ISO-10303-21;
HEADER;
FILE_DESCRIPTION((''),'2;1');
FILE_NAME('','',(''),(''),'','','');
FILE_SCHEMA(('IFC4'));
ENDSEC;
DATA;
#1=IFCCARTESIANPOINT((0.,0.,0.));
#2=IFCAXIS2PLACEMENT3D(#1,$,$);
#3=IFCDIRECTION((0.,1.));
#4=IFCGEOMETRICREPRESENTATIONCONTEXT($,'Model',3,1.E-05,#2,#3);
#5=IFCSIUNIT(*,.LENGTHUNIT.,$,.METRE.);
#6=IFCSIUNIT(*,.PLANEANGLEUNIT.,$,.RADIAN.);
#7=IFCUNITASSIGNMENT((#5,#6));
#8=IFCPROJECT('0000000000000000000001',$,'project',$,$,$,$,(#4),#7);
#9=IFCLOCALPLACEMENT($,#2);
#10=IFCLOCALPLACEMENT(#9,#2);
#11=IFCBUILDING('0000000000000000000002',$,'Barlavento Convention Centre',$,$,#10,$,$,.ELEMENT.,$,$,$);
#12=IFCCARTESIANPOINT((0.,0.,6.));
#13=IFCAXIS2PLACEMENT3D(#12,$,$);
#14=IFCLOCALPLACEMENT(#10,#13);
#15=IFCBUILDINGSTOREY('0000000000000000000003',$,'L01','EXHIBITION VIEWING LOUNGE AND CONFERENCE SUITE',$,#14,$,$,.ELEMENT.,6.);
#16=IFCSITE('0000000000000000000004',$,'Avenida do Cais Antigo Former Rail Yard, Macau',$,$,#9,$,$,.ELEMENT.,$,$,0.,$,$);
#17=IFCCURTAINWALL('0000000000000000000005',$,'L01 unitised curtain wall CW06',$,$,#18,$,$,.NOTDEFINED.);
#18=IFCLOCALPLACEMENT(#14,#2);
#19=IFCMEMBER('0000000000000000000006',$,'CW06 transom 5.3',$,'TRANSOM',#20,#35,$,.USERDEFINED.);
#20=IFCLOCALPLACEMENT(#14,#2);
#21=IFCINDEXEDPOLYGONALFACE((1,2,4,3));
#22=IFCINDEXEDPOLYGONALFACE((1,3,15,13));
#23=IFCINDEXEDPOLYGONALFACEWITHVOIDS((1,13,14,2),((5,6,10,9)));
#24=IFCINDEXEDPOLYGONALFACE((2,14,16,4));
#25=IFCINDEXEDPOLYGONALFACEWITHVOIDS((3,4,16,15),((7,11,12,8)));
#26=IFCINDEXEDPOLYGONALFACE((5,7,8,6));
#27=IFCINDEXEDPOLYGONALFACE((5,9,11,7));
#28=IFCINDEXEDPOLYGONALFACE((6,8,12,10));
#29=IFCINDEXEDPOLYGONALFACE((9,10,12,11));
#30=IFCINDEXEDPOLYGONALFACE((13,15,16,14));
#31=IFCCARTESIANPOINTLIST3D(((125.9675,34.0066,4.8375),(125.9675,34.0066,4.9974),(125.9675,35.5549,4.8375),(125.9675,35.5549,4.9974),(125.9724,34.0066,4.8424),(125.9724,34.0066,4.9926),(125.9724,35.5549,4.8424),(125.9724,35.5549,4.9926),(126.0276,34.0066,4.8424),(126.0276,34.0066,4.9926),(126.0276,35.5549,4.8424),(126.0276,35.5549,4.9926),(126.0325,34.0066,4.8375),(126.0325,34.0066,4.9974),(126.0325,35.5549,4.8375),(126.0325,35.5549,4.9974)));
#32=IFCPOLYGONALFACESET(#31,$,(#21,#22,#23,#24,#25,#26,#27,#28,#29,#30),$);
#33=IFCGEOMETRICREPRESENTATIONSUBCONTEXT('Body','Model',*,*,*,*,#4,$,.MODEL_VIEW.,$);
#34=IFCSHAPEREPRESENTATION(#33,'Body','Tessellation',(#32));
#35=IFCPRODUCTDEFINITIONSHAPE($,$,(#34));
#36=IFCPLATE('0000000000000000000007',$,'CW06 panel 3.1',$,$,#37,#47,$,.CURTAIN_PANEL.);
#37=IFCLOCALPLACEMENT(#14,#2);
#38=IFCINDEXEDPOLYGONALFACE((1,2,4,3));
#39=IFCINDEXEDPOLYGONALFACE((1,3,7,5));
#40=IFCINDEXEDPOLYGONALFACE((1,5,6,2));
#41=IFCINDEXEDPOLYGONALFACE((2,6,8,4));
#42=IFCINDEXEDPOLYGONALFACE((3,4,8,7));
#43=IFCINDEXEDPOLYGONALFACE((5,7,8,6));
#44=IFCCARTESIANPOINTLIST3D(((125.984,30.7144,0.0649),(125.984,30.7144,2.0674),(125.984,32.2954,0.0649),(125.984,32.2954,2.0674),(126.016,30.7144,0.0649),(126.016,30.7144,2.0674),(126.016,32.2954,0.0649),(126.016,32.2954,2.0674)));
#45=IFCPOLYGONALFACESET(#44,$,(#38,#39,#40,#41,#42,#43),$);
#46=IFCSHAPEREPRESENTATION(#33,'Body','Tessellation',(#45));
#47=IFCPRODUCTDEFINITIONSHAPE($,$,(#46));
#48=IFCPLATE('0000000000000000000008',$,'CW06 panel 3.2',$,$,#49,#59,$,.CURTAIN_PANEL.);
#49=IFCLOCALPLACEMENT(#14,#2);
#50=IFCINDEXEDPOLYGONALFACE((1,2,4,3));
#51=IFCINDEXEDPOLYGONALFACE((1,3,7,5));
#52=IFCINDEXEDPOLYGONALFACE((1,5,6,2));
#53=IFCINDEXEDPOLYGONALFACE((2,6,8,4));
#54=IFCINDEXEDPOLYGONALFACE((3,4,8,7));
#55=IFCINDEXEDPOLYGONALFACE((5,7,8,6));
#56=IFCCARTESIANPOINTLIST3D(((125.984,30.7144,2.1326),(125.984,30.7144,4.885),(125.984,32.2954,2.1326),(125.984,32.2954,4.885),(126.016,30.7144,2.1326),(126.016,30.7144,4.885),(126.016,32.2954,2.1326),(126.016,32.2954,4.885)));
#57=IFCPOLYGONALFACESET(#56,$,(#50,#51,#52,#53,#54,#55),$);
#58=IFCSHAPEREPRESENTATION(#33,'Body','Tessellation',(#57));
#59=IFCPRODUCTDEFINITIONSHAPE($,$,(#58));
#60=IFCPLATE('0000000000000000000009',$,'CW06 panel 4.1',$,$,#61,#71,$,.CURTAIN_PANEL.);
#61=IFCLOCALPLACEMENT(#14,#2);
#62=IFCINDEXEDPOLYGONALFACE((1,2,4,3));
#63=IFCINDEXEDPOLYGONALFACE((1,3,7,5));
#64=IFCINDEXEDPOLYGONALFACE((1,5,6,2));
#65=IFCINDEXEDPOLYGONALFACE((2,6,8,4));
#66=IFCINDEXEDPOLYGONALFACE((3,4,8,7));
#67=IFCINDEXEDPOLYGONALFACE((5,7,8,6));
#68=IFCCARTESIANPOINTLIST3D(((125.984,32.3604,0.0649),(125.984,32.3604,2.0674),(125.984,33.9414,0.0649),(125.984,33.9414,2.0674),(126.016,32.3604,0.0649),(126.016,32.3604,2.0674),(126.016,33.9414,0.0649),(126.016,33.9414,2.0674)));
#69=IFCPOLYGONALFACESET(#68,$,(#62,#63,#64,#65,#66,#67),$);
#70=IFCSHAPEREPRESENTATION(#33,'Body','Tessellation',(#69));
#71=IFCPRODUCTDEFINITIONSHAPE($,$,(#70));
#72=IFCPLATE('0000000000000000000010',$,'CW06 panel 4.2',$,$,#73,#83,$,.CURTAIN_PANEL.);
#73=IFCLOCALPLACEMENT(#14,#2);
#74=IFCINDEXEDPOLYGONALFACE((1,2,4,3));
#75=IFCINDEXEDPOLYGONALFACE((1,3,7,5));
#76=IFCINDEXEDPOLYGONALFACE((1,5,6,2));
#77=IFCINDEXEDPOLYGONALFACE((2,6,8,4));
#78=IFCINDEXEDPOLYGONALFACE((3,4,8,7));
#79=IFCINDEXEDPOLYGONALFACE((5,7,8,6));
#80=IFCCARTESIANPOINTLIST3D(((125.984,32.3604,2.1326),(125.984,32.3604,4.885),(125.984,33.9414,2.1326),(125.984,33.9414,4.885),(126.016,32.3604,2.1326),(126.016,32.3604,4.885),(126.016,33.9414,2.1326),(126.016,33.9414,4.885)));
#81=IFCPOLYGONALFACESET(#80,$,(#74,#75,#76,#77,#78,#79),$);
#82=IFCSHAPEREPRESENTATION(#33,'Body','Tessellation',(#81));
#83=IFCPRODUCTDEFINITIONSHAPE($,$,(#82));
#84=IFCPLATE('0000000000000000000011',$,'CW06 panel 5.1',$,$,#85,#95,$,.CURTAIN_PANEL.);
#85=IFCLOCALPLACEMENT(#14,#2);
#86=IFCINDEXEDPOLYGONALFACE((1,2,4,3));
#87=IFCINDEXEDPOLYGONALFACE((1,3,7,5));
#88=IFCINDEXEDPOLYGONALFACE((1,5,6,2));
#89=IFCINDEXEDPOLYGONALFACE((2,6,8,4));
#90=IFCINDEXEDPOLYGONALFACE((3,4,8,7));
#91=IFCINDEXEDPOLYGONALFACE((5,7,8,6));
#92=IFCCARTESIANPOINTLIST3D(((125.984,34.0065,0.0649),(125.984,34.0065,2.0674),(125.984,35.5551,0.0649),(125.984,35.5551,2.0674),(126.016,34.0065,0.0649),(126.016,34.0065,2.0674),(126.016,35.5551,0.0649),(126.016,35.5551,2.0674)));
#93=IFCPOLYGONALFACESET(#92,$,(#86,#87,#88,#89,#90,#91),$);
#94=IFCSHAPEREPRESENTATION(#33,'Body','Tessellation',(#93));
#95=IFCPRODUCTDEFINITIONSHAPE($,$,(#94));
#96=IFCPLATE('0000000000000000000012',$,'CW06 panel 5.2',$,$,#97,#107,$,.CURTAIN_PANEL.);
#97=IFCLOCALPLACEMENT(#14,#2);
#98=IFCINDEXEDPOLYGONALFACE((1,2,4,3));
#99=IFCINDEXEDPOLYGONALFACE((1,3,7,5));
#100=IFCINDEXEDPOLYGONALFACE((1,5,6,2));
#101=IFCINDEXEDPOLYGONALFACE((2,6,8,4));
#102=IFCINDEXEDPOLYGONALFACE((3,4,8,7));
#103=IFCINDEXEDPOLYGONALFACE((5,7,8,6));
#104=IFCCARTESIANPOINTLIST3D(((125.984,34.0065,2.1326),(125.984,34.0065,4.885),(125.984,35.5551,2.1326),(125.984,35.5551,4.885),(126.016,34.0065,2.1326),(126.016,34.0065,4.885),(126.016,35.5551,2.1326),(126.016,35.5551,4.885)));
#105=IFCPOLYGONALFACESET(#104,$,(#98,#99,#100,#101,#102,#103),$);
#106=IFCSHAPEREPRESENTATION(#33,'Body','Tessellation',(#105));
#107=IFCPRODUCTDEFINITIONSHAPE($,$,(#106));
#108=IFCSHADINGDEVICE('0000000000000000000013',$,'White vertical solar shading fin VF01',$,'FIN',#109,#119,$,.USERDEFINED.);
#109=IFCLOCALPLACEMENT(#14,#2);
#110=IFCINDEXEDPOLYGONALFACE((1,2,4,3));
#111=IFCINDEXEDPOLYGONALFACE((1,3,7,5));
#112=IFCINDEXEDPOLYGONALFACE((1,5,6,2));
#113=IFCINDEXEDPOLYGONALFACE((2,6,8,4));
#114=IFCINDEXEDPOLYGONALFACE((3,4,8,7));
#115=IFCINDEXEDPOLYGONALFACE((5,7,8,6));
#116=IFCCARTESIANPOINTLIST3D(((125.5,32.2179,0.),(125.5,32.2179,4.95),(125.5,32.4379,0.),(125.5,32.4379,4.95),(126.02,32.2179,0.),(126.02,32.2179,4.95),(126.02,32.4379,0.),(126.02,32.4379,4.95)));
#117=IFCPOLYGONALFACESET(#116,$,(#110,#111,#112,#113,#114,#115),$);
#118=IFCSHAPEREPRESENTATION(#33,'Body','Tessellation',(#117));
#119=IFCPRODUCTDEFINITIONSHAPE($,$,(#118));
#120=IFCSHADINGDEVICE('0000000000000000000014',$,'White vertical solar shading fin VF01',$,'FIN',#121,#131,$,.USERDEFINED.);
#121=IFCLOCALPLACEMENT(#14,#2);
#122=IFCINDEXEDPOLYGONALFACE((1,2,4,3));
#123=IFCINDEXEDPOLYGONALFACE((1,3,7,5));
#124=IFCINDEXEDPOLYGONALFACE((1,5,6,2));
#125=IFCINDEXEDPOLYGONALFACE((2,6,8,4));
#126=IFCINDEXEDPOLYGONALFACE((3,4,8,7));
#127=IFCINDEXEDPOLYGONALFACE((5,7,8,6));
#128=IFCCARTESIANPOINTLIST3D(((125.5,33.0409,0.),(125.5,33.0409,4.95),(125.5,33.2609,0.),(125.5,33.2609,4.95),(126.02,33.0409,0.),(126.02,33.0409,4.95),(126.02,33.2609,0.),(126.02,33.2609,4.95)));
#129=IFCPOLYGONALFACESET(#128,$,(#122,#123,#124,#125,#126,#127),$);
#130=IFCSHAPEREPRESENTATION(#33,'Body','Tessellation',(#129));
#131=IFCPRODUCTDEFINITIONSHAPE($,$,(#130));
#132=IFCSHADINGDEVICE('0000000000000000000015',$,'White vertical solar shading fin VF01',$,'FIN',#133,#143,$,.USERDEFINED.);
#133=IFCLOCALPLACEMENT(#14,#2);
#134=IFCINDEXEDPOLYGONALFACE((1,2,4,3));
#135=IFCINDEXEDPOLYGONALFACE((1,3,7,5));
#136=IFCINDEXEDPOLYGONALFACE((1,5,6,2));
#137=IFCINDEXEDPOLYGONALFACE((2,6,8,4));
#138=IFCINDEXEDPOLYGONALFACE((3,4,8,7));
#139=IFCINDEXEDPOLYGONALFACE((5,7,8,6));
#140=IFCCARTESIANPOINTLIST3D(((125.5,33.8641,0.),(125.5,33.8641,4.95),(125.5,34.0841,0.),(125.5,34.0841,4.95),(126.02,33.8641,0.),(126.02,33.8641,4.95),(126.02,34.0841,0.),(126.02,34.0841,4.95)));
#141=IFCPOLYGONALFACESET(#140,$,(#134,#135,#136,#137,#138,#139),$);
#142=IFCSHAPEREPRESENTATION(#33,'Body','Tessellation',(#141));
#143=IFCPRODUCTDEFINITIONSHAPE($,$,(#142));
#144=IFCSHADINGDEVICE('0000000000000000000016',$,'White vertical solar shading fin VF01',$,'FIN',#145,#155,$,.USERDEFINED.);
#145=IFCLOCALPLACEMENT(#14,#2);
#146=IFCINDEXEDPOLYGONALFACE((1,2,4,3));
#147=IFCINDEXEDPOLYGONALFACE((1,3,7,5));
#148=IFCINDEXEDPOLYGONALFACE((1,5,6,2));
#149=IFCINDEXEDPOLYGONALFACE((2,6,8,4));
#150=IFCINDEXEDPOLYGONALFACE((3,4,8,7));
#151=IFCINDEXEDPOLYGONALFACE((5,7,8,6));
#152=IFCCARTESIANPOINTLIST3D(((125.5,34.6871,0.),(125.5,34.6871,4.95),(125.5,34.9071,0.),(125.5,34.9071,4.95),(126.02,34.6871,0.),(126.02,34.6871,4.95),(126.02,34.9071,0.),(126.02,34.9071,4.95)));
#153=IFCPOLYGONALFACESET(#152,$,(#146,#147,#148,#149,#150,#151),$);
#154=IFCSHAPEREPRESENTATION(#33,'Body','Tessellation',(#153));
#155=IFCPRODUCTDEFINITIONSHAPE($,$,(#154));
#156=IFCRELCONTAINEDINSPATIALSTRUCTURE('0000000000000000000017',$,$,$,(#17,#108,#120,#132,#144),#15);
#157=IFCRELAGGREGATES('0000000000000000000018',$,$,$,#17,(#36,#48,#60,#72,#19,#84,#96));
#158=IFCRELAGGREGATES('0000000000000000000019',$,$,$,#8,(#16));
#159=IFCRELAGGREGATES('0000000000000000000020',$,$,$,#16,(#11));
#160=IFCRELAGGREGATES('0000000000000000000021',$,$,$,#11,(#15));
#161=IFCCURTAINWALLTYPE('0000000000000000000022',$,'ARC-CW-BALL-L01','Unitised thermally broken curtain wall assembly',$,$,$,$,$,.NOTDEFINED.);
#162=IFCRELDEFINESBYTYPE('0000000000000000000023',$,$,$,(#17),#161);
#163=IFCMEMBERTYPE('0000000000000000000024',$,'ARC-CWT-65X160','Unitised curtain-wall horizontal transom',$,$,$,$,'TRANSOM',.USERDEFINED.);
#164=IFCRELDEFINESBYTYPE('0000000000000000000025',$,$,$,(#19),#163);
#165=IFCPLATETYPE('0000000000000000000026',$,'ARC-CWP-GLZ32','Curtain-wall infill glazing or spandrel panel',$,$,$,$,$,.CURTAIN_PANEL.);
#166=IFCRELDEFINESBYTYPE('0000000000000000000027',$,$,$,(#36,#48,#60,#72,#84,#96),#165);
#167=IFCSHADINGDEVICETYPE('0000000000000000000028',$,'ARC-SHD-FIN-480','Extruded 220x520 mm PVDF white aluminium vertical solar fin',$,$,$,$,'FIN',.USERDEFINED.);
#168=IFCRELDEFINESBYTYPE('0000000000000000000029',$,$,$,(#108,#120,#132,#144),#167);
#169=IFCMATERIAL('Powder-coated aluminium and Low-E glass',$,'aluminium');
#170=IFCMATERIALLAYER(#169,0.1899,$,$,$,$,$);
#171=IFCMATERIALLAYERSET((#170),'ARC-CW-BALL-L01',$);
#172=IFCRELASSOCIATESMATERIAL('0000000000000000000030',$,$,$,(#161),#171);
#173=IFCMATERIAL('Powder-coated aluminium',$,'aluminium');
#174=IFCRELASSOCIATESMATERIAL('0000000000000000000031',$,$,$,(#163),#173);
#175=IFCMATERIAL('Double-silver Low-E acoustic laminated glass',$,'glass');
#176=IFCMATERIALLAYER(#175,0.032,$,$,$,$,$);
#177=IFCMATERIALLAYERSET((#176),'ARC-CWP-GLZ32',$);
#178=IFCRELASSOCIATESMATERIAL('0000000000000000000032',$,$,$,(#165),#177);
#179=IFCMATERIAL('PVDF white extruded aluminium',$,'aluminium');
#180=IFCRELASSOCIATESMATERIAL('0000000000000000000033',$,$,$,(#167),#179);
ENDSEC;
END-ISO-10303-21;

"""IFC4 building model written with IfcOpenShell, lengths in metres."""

from ifc_helpers import new_model, si_unit, direction, frame, origin, origin_2d, place, context, subcontext, project, spatial, rectangle, hollow_rectangle, extrude, material, layer, layer_set, material_profile, profile_set, type_object, element, aggregate, save


model = new_model("IFC4")

# Units and contexts
model_context = context("Model", 3, precision=1e-05, world=origin(), true_north=direction((0.0, 1.0)))
body_context = subcontext(model_context, "Body", "Model", "MODEL_VIEW")
ifc_project = project(units=[si_unit("LENGTHUNIT", "METRE"), si_unit("PLANEANGLEUNIT", "RADIAN")], contexts=[model_context])

# Site, building, storey
site_placement = place(None, origin())
site = spatial("IfcSite", under=ifc_project, at=site_placement, Name="Avenida do Cais Antigo Former Rail Yard, Macau", CompositionType="ELEMENT", RefElevation=0.0)
building_placement = place(site_placement, origin())
building = spatial("IfcBuilding", under=site, at=building_placement, Name="Barlavento Convention Centre", CompositionType="ELEMENT")
storey_placement = place(building_placement, frame((0.0, 0.0, 6.0)))
storey = spatial("IfcBuildingStorey", under=building, at=storey_placement, Name="L01", Description="EXHIBITION VIEWING LOUNGE AND CONFERENCE SUITE", CompositionType="ELEMENT", Elevation=6.0)

# Curtain wall, member, plates
ifc_material_1 = material(Name="Powder-coated aluminium and Low-E glass", Category="aluminium")
ifc_layer_1 = layer(ifc_material_1, 0.1899)
ifc_layer_set_1 = layer_set([ifc_layer_1], Name="ARC-CW-BALL-L01")
curtain_wall_type = type_object("IfcCurtainWallType", Name="ARC-CW-BALL-L01", Description="Unitised thermally broken curtain wall assembly", PredefinedType="NOTDEFINED", material=ifc_layer_set_1)
curtain_wall_placement = place(storey_placement, origin())
curtain_wall = element("IfcCurtainWall", 1, at=curtain_wall_placement, inside=storey, type_object=curtain_wall_type, Name="L01 unitised curtain wall CW06", PredefinedType="NOTDEFINED")
ifc_material_2 = material(Name="Powder-coated aluminium", Category="aluminium")
ifc_material_profile_1 = material_profile(ifc_material_2, hollow_rectangle(XDim=0.0649, YDim=0.1599, WallThickness=0.0049, at=origin_2d()), Name="AL-TRAN 65x160x5")
ifc_profile_set_1 = profile_set([ifc_material_profile_1], Name="Powder-coated aluminium")
member_type_1 = type_object("IfcMemberType", Name="ARC-CWT-65X160", Description="Unitised curtain-wall horizontal transom", ElementType="TRANSOM", PredefinedType="USERDEFINED", material=ifc_profile_set_1)
member_1_placement = place(storey_placement, frame((126.0, 34.0066, 4.9175), z_axis=(0.0, 1.0, 0.0), x_axis=(-1.0, 0.0, 0.0)))
member_1 = element("IfcMember", 2, at=member_1_placement, type_object=member_type_1, Name="CW06 transom 5.3", ObjectType="TRANSOM", PredefinedType="USERDEFINED", context=body_context, shape_type="SweptSolid", body=[
    extrude(hollow_rectangle(XDim=0.0649, YDim=0.1599, WallThickness=0.0049, at=origin_2d()), origin(), (0.0, 0.0, 1.0), 1.5483),
])
ifc_material_3 = material(Name="Double-silver Low-E acoustic laminated glass", Category="glass")
ifc_layer_2 = layer(ifc_material_3, 0.032)
ifc_layer_set_2 = layer_set([ifc_layer_2], Name="ARC-CWP-GLZ32")
plate_type = type_object("IfcPlateType", Name="ARC-CWP-GLZ32", Description="Curtain-wall infill glazing or spandrel panel", PredefinedType="CURTAIN_PANEL", material=ifc_layer_set_2)
plate_1_placement = place(storey_placement, frame((126.0, 31.5049, 0.0649), z_axis=(0.0, 0.0, 1.0), x_axis=(0.0, 1.0, 0.0)))
plate_1 = element("IfcPlate", 3, at=plate_1_placement, type_object=plate_type, Name="CW06 panel 3.1", PredefinedType="CURTAIN_PANEL", context=body_context, shape_type="SweptSolid", body=[
    extrude(rectangle(XDim=1.5811, YDim=0.032, at=origin_2d()), origin(), (0.0, 0.0, 1.0), 2.0024),
])
plate_2_placement = place(storey_placement, frame((126.0, 31.5049, 2.1326), z_axis=(0.0, 0.0, 1.0), x_axis=(0.0, 1.0, 0.0)))
plate_2 = element("IfcPlate", 4, at=plate_2_placement, type_object=plate_type, Name="CW06 panel 3.2", PredefinedType="CURTAIN_PANEL", context=body_context, shape_type="SweptSolid", body=[
    extrude(rectangle(XDim=1.5811, YDim=0.032, at=origin_2d()), origin(), (0.0, 0.0, 1.0), 2.7524),
])
plate_3_placement = place(storey_placement, frame((126.0, 33.1509, 0.0649), z_axis=(0.0, 0.0, 1.0), x_axis=(0.0, 1.0, 0.0)))
plate_3 = element("IfcPlate", 5, at=plate_3_placement, type_object=plate_type, Name="CW06 panel 4.1", PredefinedType="CURTAIN_PANEL", context=body_context, shape_type="SweptSolid", body=[
    extrude(rectangle(XDim=1.5811, YDim=0.032, at=origin_2d()), origin(), (0.0, 0.0, 1.0), 2.0024),
])
plate_4_placement = place(storey_placement, frame((126.0, 33.1509, 2.1326), z_axis=(0.0, 0.0, 1.0), x_axis=(0.0, 1.0, 0.0)))
plate_4 = element("IfcPlate", 6, at=plate_4_placement, type_object=plate_type, Name="CW06 panel 4.2", PredefinedType="CURTAIN_PANEL", context=body_context, shape_type="SweptSolid", body=[
    extrude(rectangle(XDim=1.5811, YDim=0.032, at=origin_2d()), origin(), (0.0, 0.0, 1.0), 2.7524),
])
plate_5_placement = place(storey_placement, frame((126.0, 34.7808, 0.0649), z_axis=(0.0, 0.0, 1.0), x_axis=(0.0, 1.0, 0.0)))
plate_5 = element("IfcPlate", 7, at=plate_5_placement, type_object=plate_type, Name="CW06 panel 5.1", PredefinedType="CURTAIN_PANEL", context=body_context, shape_type="SweptSolid", body=[
    extrude(rectangle(XDim=1.5486, YDim=0.032, at=origin_2d()), origin(), (0.0, 0.0, 1.0), 2.0024),
])
plate_6_placement = place(storey_placement, frame((126.0, 34.7808, 2.1326), z_axis=(0.0, 0.0, 1.0), x_axis=(0.0, 1.0, 0.0)))
plate_6 = element("IfcPlate", 8, at=plate_6_placement, type_object=plate_type, Name="CW06 panel 5.2", PredefinedType="CURTAIN_PANEL", context=body_context, shape_type="SweptSolid", body=[
    extrude(rectangle(XDim=1.5486, YDim=0.032, at=origin_2d()), origin(), (0.0, 0.0, 1.0), 2.7524),
])
aggregate(curtain_wall, [plate_1, plate_2, plate_3, plate_4, member_1, plate_5, plate_6])

# Shading devices
ifc_material_4 = material(Name="PVDF white extruded aluminium", Category="aluminium")
shading_device_type = type_object("IfcShadingDeviceType", Name="ARC-SHD-FIN-480", Description="Extruded 220x520 mm PVDF white aluminium vertical solar fin", ElementType="FIN", PredefinedType="USERDEFINED", material=ifc_material_4)
for number, where, z_axis, x_axis, name in (
    (9, (125.76, 32.3279, 0.0), (0.0, 0.0, 1.0), (0.0, 1.0, 0.0), "White vertical solar shading fin VF01"),
    (10, (125.76, 33.1509, 0.0), (0.0, 0.0, 1.0), (0.0, 1.0, 0.0), "White vertical solar shading fin VF01"),
    (11, (125.76, 33.9741, 0.0), (0.0, 0.0, 1.0), (0.0, 1.0, 0.0), "White vertical solar shading fin VF01"),
    (12, (125.76, 34.7971, 0.0), (0.0, 0.0, 1.0), (0.0, 1.0, 0.0), "White vertical solar shading fin VF01"),
):
    element("IfcShadingDevice", number, at=place(storey_placement, frame(where, z_axis=z_axis, x_axis=x_axis)), inside=storey, type_object=shading_device_type, Name=name, ObjectType="FIN", PredefinedType="USERDEFINED", context=body_context, shape_type="SweptSolid", body=[
        extrude(rectangle(XDim=0.22, YDim=0.52, at=origin_2d()), origin(), (0.0, 0.0, 1.0), 4.95),
    ])

save(model, "model.ifc")
